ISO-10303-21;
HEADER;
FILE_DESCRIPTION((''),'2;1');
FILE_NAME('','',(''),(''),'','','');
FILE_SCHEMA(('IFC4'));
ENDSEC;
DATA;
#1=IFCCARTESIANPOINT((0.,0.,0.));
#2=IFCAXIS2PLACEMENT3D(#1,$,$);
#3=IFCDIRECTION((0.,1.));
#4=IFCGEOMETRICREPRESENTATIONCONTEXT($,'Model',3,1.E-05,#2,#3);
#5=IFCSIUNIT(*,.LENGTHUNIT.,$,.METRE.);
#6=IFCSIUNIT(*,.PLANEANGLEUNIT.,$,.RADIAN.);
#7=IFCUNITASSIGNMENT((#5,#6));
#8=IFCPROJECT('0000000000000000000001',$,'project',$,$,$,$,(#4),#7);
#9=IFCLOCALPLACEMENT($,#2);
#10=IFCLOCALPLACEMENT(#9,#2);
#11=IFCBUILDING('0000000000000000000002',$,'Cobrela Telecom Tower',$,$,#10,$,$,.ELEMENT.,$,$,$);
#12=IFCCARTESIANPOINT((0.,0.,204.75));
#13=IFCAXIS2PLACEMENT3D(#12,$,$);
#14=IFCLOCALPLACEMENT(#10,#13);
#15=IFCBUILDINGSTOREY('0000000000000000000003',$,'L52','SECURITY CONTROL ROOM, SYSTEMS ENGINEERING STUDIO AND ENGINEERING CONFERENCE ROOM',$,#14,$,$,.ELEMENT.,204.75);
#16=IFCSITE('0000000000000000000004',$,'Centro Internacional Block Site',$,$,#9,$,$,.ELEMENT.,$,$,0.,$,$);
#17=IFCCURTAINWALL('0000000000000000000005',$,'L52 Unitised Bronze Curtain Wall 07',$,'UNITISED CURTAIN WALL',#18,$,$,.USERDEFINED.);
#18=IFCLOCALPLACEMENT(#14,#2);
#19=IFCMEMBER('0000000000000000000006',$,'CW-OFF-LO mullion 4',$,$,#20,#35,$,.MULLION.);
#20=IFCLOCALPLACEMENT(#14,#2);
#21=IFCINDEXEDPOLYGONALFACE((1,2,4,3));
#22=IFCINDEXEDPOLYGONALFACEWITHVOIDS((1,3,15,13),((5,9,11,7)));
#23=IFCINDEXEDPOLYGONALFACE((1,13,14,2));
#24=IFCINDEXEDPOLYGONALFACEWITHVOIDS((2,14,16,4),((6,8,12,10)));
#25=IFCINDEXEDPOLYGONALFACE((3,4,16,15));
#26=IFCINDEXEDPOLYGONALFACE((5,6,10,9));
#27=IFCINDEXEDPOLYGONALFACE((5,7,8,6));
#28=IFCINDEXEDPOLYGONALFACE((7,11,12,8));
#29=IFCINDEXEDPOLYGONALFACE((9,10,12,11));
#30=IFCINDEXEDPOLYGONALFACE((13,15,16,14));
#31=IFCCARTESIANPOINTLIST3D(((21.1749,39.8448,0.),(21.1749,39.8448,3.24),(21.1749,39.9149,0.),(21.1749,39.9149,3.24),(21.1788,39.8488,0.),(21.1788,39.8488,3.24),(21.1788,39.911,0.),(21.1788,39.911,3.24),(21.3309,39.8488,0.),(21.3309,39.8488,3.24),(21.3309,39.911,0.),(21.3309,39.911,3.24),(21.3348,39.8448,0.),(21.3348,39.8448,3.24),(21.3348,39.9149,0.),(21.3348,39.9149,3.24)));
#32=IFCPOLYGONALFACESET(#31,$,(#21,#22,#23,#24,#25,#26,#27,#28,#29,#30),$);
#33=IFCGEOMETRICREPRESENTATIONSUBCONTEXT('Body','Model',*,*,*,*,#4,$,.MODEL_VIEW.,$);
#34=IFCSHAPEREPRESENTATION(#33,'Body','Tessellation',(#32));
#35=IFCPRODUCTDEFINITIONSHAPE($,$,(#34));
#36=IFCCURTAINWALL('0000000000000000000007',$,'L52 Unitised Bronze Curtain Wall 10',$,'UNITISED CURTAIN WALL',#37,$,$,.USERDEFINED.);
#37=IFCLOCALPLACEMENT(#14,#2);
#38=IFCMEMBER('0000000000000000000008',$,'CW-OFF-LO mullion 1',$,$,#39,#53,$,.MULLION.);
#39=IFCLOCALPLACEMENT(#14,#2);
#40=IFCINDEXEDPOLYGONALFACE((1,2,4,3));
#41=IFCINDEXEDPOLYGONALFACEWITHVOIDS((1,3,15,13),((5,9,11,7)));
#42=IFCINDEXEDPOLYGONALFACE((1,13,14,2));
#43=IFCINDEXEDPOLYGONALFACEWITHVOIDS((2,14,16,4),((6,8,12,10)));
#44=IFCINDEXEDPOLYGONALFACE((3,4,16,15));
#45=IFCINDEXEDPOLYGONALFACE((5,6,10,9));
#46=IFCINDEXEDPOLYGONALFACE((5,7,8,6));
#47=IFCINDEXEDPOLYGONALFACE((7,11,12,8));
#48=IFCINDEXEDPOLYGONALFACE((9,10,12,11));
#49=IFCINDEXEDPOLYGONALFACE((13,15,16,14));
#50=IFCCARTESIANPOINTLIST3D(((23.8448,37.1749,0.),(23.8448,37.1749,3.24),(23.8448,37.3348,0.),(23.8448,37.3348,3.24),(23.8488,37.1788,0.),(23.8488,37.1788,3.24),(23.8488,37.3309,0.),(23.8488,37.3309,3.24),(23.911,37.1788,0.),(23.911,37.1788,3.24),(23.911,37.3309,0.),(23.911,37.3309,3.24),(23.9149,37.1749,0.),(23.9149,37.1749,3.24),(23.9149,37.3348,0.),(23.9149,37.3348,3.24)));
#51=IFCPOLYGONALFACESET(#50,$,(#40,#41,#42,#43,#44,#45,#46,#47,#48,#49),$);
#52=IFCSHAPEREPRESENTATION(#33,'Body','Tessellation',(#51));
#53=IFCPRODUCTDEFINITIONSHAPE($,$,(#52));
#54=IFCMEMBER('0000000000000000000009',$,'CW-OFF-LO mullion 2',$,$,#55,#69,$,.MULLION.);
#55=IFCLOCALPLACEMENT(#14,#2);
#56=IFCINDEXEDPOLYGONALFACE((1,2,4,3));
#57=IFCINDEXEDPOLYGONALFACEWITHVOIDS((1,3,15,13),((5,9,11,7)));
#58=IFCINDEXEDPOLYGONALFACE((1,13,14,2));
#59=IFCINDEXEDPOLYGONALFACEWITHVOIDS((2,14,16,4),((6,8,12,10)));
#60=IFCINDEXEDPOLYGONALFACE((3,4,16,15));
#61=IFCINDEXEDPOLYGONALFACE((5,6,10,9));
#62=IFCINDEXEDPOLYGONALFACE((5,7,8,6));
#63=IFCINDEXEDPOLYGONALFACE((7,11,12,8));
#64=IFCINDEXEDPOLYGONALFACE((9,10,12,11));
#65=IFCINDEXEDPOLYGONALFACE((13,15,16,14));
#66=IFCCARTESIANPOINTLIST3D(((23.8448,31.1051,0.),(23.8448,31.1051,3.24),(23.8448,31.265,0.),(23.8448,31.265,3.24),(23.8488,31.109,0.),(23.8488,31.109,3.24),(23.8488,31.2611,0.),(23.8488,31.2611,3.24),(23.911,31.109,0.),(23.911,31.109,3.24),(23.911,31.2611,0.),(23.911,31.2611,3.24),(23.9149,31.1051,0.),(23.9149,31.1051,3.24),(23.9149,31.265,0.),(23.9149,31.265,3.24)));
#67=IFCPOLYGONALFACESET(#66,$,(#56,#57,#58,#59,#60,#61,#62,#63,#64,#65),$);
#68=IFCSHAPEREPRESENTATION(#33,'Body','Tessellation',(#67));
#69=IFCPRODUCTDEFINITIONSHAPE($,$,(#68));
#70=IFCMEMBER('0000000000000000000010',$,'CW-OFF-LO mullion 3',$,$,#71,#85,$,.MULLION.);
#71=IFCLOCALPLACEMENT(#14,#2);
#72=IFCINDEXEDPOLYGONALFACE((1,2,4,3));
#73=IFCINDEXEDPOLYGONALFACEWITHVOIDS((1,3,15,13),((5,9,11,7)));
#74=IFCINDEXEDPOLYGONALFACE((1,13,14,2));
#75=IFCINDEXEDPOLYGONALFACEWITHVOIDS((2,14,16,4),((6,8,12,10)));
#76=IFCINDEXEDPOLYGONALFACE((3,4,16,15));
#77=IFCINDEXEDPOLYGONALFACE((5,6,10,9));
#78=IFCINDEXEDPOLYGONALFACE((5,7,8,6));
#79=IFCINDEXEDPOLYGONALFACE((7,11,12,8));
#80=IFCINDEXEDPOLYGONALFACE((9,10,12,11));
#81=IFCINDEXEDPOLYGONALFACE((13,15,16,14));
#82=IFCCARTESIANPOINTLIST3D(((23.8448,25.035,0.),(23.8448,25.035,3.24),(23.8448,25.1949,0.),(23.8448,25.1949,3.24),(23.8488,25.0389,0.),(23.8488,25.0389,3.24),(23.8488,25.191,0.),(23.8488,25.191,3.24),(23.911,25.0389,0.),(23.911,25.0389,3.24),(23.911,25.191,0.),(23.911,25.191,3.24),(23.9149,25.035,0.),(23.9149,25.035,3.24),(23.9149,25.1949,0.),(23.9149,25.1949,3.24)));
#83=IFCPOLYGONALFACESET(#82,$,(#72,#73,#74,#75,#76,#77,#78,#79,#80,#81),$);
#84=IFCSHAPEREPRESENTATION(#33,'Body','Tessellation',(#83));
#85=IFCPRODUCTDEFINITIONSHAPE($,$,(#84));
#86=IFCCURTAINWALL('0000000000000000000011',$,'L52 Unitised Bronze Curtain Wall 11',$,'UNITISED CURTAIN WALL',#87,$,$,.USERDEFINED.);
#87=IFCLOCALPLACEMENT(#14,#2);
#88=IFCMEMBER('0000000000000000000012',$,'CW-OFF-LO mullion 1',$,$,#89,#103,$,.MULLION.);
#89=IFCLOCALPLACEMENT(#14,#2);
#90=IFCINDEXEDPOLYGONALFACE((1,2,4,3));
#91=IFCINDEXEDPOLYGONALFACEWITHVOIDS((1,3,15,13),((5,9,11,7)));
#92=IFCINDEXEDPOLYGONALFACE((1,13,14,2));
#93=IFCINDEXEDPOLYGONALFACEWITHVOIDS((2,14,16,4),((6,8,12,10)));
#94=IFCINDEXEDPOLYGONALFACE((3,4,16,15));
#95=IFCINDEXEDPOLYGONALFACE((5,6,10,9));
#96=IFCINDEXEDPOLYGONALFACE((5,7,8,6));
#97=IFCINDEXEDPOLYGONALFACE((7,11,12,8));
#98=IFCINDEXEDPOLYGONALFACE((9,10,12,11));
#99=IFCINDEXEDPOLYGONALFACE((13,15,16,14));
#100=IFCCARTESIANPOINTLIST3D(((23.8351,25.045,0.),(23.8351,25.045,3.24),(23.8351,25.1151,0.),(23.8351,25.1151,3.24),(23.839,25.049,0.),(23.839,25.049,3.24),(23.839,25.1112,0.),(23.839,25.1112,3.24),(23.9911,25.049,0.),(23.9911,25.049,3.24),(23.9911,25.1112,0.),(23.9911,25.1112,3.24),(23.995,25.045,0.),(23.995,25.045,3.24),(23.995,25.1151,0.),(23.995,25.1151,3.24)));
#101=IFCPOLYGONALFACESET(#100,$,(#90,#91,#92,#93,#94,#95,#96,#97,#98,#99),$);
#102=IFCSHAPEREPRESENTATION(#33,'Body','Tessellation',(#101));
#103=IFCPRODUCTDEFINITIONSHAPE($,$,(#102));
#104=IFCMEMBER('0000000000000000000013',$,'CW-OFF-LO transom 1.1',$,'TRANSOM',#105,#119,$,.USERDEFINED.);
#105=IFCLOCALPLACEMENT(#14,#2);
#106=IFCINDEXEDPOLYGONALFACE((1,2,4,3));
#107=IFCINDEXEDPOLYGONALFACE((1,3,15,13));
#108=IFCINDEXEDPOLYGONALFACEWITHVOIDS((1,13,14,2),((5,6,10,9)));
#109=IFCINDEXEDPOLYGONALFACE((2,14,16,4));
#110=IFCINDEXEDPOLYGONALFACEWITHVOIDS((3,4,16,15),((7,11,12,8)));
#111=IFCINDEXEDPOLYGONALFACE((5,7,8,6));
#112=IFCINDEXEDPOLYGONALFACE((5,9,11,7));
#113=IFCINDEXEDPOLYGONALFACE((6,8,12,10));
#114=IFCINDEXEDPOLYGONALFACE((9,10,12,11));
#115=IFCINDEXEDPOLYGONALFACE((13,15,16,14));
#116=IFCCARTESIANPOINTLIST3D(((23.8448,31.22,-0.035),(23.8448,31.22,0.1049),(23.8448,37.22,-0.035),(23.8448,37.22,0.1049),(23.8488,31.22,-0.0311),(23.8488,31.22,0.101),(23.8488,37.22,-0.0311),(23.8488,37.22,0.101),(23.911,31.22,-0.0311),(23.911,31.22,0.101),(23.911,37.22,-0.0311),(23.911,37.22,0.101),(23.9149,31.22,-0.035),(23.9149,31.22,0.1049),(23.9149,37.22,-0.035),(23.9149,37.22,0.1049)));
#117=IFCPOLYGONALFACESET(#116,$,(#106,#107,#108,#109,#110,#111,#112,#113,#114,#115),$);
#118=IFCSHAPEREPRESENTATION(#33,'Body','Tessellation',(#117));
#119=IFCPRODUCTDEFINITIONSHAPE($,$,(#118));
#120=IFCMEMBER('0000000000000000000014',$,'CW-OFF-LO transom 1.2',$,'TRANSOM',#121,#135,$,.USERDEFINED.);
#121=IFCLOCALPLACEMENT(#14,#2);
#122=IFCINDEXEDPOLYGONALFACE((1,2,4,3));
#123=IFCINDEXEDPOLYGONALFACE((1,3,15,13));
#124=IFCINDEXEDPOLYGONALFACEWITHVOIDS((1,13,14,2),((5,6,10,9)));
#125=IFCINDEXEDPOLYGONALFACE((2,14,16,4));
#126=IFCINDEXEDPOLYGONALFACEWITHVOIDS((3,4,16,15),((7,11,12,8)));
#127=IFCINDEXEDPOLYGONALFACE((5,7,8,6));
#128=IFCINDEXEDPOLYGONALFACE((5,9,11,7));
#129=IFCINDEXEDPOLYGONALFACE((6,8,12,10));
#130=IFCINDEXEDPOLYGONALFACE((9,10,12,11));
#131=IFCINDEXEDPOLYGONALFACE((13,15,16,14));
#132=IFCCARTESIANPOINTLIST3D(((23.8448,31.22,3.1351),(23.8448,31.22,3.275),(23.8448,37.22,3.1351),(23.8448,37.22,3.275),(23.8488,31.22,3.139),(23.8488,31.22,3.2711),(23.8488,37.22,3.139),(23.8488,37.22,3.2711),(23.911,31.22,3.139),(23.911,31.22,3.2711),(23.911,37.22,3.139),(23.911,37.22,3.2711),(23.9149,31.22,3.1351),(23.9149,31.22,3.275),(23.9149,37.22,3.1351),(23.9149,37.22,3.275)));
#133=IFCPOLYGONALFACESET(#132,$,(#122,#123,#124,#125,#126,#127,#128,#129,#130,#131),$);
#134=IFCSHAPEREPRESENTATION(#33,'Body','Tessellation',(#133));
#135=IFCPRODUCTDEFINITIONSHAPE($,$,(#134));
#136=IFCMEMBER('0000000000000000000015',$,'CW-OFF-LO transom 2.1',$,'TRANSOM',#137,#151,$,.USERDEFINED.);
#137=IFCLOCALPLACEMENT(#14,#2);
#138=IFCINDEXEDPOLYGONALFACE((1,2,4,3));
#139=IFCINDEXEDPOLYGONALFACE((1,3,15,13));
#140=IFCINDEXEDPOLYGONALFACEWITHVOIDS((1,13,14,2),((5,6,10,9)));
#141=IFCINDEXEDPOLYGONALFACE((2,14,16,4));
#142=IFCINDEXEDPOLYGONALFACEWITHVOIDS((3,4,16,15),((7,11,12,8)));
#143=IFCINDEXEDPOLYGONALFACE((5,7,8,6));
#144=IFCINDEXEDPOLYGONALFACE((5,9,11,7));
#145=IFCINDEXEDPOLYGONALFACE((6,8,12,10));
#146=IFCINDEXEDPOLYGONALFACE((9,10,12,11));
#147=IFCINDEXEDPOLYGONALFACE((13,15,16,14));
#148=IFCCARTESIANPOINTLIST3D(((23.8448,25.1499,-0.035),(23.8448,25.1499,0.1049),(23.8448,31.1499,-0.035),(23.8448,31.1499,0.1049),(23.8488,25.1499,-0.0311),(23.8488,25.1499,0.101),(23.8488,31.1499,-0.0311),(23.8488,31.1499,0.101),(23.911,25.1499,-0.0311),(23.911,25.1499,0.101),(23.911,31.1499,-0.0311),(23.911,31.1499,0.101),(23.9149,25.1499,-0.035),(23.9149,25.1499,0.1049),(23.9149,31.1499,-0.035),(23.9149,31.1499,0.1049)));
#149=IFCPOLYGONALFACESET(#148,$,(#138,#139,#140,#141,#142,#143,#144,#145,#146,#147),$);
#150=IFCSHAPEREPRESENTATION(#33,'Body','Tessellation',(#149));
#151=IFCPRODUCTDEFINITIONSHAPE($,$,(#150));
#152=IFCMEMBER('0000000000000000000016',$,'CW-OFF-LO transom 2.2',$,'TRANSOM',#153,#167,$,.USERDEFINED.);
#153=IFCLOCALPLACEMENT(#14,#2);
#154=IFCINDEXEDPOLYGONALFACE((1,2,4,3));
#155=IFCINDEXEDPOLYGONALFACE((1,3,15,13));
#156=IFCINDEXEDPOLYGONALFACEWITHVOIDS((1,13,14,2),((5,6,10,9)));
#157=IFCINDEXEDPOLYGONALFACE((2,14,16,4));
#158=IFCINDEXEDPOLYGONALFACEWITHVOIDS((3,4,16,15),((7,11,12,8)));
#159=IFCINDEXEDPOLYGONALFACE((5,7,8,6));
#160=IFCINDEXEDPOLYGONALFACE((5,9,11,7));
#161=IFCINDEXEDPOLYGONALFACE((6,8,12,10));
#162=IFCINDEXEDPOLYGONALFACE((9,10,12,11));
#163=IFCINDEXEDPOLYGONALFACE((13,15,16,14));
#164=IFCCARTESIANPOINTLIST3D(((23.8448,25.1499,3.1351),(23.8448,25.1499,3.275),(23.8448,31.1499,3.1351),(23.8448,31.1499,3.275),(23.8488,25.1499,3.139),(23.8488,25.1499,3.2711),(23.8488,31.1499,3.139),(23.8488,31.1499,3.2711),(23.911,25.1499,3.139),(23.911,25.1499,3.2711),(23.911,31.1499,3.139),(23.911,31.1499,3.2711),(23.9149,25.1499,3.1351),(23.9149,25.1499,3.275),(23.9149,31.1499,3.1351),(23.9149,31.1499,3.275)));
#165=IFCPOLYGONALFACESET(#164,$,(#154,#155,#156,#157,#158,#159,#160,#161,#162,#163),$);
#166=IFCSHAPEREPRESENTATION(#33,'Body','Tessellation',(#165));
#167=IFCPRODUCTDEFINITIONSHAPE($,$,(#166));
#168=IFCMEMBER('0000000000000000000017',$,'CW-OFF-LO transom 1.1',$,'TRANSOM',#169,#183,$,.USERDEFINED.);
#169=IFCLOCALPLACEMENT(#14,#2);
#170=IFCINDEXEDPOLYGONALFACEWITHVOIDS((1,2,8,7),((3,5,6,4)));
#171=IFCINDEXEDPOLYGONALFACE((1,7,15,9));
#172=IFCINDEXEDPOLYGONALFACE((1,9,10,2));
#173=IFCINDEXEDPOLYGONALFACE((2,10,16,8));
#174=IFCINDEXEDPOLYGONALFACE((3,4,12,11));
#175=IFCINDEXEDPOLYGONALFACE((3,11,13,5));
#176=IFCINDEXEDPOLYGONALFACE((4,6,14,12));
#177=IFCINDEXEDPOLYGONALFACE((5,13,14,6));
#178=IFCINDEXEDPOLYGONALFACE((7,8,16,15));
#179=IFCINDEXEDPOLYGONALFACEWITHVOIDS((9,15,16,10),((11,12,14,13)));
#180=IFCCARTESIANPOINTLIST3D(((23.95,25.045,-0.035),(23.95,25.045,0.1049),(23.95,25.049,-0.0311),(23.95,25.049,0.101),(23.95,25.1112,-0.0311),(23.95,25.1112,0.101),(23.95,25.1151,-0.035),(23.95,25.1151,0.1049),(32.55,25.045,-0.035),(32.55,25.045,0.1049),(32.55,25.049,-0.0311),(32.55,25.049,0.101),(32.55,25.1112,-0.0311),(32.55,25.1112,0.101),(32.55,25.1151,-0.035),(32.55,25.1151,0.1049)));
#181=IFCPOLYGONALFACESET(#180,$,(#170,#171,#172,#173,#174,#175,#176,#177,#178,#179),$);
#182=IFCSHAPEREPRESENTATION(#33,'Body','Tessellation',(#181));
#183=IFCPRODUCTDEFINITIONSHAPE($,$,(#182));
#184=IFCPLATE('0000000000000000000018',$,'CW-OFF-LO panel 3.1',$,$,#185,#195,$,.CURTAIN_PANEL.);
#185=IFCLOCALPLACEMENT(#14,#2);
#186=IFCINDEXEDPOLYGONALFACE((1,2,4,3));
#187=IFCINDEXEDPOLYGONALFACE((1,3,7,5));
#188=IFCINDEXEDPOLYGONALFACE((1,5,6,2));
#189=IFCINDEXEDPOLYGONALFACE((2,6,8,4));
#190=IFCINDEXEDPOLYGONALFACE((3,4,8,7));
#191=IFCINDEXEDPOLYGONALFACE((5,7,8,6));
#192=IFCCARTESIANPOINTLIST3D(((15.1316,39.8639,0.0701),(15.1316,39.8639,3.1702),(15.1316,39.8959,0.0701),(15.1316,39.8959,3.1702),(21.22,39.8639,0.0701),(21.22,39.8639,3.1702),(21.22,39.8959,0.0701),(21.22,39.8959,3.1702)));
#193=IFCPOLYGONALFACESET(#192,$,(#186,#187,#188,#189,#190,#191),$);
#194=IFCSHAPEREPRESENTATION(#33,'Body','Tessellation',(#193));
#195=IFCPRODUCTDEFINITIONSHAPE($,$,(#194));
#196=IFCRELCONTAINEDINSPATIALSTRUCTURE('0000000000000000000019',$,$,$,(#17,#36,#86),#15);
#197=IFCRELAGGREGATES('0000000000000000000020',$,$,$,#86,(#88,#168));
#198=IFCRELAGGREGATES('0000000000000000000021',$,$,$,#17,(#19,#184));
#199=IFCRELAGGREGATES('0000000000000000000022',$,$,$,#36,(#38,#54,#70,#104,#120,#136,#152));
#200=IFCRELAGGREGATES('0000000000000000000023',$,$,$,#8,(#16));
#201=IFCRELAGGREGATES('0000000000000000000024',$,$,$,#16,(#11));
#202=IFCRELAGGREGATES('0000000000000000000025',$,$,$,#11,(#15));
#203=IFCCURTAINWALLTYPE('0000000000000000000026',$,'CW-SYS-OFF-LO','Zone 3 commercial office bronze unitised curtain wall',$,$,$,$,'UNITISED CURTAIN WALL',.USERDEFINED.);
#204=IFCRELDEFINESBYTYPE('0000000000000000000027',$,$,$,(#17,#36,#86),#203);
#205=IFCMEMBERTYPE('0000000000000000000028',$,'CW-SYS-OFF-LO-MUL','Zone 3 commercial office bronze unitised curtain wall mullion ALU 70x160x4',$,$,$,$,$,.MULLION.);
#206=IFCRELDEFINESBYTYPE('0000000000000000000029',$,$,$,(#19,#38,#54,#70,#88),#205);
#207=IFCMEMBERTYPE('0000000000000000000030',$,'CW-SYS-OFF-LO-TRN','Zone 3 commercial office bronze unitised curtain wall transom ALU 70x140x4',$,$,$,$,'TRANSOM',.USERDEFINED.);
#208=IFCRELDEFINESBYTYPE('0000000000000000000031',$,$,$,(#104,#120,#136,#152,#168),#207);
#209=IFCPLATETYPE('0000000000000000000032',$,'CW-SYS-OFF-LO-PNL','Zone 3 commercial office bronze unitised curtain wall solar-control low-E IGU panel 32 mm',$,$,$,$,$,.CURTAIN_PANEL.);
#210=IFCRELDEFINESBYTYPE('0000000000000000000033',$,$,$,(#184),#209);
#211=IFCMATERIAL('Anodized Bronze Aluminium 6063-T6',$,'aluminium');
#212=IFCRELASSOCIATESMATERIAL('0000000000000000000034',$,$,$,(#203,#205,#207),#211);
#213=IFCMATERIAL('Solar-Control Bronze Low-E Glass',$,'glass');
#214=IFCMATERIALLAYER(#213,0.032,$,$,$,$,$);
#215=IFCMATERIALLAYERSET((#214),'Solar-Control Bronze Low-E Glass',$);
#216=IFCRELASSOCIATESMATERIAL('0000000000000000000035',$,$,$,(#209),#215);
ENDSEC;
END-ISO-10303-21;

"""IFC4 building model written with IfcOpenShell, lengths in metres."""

from ifc_helpers import new_model, si_unit, direction, frame, origin, origin_2d, place, context, subcontext, project, spatial, rectangle, hollow_rectangle, extrude, material, layer, layer_set, material_profile, profile_set, type_object, element, aggregate, save


model = new_model("IFC4")

# Units and contexts
model_context = context("Model", 3, precision=1e-05, world=origin(), true_north=direction((0.0, 1.0)))
body_context = subcontext(model_context, "Body", "Model", "MODEL_VIEW")
ifc_project = project(units=[si_unit("LENGTHUNIT", "METRE"), si_unit("PLANEANGLEUNIT", "RADIAN")], contexts=[model_context])

# Site, building, storey
site_placement = place(None, origin())
site = spatial("IfcSite", under=ifc_project, at=site_placement, Name="Centro Internacional Block Site", CompositionType="ELEMENT", RefElevation=0.0)
building_placement = place(site_placement, origin())
building = spatial("IfcBuilding", under=site, at=building_placement, Name="Cobrela Telecom Tower", CompositionType="ELEMENT")
storey_placement = place(building_placement, frame((0.0, 0.0, 204.75)))
storey = spatial("IfcBuildingStorey", under=building, at=storey_placement, Name="L52", Description="SECURITY CONTROL ROOM, SYSTEMS ENGINEERING STUDIO AND ENGINEERING CONFERENCE ROOM", CompositionType="ELEMENT", Elevation=204.75)

# Curtain wall, member
ifc_material_1 = material(Name="Anodized Bronze Aluminium 6063-T6", Category="aluminium")
curtain_wall_type = type_object("IfcCurtainWallType", Name="CW-SYS-OFF-LO", Description="Zone 3 commercial office bronze unitised curtain wall", ElementType="UNITISED CURTAIN WALL", PredefinedType="USERDEFINED", material=ifc_material_1)
curtain_wall_1_placement = place(storey_placement, origin())
curtain_wall_1 = element("IfcCurtainWall", 1, at=curtain_wall_1_placement, inside=storey, type_object=curtain_wall_type, Name="L52 Unitised Bronze Curtain Wall 07", ObjectType="UNITISED CURTAIN WALL", PredefinedType="USERDEFINED")
ifc_material_profile_1 = material_profile(ifc_material_1, hollow_rectangle(XDim=0.0701, YDim=0.1599, WallThickness=0.0039, at=origin_2d()), Name="ALU 70x160x4")
ifc_profile_set_1 = profile_set([ifc_material_profile_1], Name="Anodized Bronze Aluminium 6063-T6")
member_type_1 = type_object("IfcMemberType", Name="CW-SYS-OFF-LO-MUL", Description="Zone 3 commercial office bronze unitised curtain wall mullion ALU 70x160x4", PredefinedType="MULLION", material=ifc_profile_set_1)
member_1_placement = place(storey_placement, frame((21.2549, 39.8799, 0.0), z_axis=(0.0, 0.0, 1.0), x_axis=(0.0, 1.0, 0.0)))
member_1 = element("IfcMember", 2, at=member_1_placement, type_object=member_type_1, Name="CW-OFF-LO mullion 4", PredefinedType="MULLION", context=body_context, shape_type="SweptSolid", body=[
    extrude(hollow_rectangle(XDim=0.0701, YDim=0.1599, WallThickness=0.0039, at=origin_2d()), origin(), (0.0, 0.0, 1.0), 3.24),
])

# Curtain wall, members
curtain_wall_2_placement = place(storey_placement, origin())
curtain_wall_2 = element("IfcCurtainWall", 3, at=curtain_wall_2_placement, inside=storey, type_object=curtain_wall_type, Name="L52 Unitised Bronze Curtain Wall 10", ObjectType="UNITISED CURTAIN WALL", PredefinedType="USERDEFINED")
member_2_placement = place(storey_placement, frame((23.8799, 37.2549, 0.0), z_axis=(0.0, 0.0, 1.0), x_axis=(1.0, 0.0, 0.0)))
member_2 = element("IfcMember", 4, at=member_2_placement, type_object=member_type_1, Name="CW-OFF-LO mullion 1", PredefinedType="MULLION", context=body_context, shape_type="SweptSolid", body=[
    extrude(hollow_rectangle(XDim=0.0701, YDim=0.1599, WallThickness=0.0039, at=origin_2d()), origin(), (0.0, 0.0, 1.0), 3.24),
])
member_3_placement = place(storey_placement, frame((23.8799, 31.1851, 0.0), z_axis=(0.0, 0.0, 1.0), x_axis=(1.0, 0.0, 0.0)))
member_3 = element("IfcMember", 5, at=member_3_placement, type_object=member_type_1, Name="CW-OFF-LO mullion 2", PredefinedType="MULLION", context=body_context, shape_type="SweptSolid", body=[
    extrude(hollow_rectangle(XDim=0.0701, YDim=0.1599, WallThickness=0.0039, at=origin_2d()), origin(), (0.0, 0.0, 1.0), 3.24),
])
member_4_placement = place(storey_placement, frame((23.8799, 25.115, 0.0), z_axis=(0.0, 0.0, 1.0), x_axis=(1.0, 0.0, 0.0)))
member_4 = element("IfcMember", 6, at=member_4_placement, type_object=member_type_1, Name="CW-OFF-LO mullion 3", PredefinedType="MULLION", context=body_context, shape_type="SweptSolid", body=[
    extrude(hollow_rectangle(XDim=0.0701, YDim=0.1599, WallThickness=0.0039, at=origin_2d()), origin(), (0.0, 0.0, 1.0), 3.24),
])

# Curtain wall, member
curtain_wall_3_placement = place(storey_placement, origin())
curtain_wall_3 = element("IfcCurtainWall", 7, at=curtain_wall_3_placement, inside=storey, type_object=curtain_wall_type, Name="L52 Unitised Bronze Curtain Wall 11", ObjectType="UNITISED CURTAIN WALL", PredefinedType="USERDEFINED")
member_5_placement = place(storey_placement, frame((23.915, 25.0801, 0.0), z_axis=(0.0, 0.0, 1.0), x_axis=(0.0, 1.0, 0.0)))
member_5 = element("IfcMember", 8, at=member_5_placement, type_object=member_type_1, Name="CW-OFF-LO mullion 1", PredefinedType="MULLION", context=body_context, shape_type="SweptSolid", body=[
    extrude(hollow_rectangle(XDim=0.0701, YDim=0.1599, WallThickness=0.0039, at=origin_2d()), origin(), (0.0, 0.0, 1.0), 3.24),
])

# Members
ifc_material_profile_2 = material_profile(ifc_material_1, hollow_rectangle(XDim=0.0701, YDim=0.1399, WallThickness=0.0039, at=origin_2d()), Name="ALU 70x140x4")
ifc_profile_set_2 = profile_set([ifc_material_profile_2], Name="Anodized Bronze Aluminium 6063-T6")
member_type_2 = type_object("IfcMemberType", Name="CW-SYS-OFF-LO-TRN", Description="Zone 3 commercial office bronze unitised curtain wall transom ALU 70x140x4", ElementType="TRANSOM", PredefinedType="USERDEFINED", material=ifc_profile_set_2)
member_6_placement = place(storey_placement, frame((23.8799, 37.22, 0.0349), z_axis=(0.0, -1.0, 0.0), x_axis=(1.0, 0.0, 0.0)))
member_6 = element("IfcMember", 9, at=member_6_placement, type_object=member_type_2, Name="CW-OFF-LO transom 1.1", ObjectType="TRANSOM", PredefinedType="USERDEFINED", context=body_context, shape_type="SweptSolid", body=[
    extrude(hollow_rectangle(XDim=0.0701, YDim=0.1399, WallThickness=0.0039, at=origin_2d()), origin(), (0.0, 0.0, 1.0), 6.0),
])
member_7_placement = place(storey_placement, frame((23.8799, 37.22, 3.2051), z_axis=(0.0, -1.0, 0.0), x_axis=(1.0, 0.0, 0.0)))
member_7 = element("IfcMember", 10, at=member_7_placement, type_object=member_type_2, Name="CW-OFF-LO transom 1.2", ObjectType="TRANSOM", PredefinedType="USERDEFINED", context=body_context, shape_type="SweptSolid", body=[
    extrude(hollow_rectangle(XDim=0.0701, YDim=0.1399, WallThickness=0.0039, at=origin_2d()), origin(), (0.0, 0.0, 1.0), 6.0),
])
member_8_placement = place(storey_placement, frame((23.8799, 31.1499, 0.0349), z_axis=(0.0, -1.0, 0.0), x_axis=(1.0, 0.0, 0.0)))
member_8 = element("IfcMember", 11, at=member_8_placement, type_object=member_type_2, Name="CW-OFF-LO transom 2.1", ObjectType="TRANSOM", PredefinedType="USERDEFINED", context=body_context, shape_type="SweptSolid", body=[
    extrude(hollow_rectangle(XDim=0.0701, YDim=0.1399, WallThickness=0.0039, at=origin_2d()), origin(), (0.0, 0.0, 1.0), 6.0),
])
member_9_placement = place(storey_placement, frame((23.8799, 31.1499, 3.2051), z_axis=(0.0, -1.0, 0.0), x_axis=(1.0, 0.0, 0.0)))
member_9 = element("IfcMember", 12, at=member_9_placement, type_object=member_type_2, Name="CW-OFF-LO transom 2.2", ObjectType="TRANSOM", PredefinedType="USERDEFINED", context=body_context, shape_type="SweptSolid", body=[
    extrude(hollow_rectangle(XDim=0.0701, YDim=0.1399, WallThickness=0.0039, at=origin_2d()), origin(), (0.0, 0.0, 1.0), 6.0),
])
member_10_placement = place(storey_placement, frame((23.95, 25.0801, 0.0349), z_axis=(1.0, 0.0, 0.0), x_axis=(0.0, 1.0, 0.0)))
member_10 = element("IfcMember", 13, at=member_10_placement, type_object=member_type_2, Name="CW-OFF-LO transom 1.1", ObjectType="TRANSOM", PredefinedType="USERDEFINED", context=body_context, shape_type="SweptSolid", body=[
    extrude(hollow_rectangle(XDim=0.0701, YDim=0.1399, WallThickness=0.0039, at=origin_2d()), origin(), (0.0, 0.0, 1.0), 8.6001),
])
aggregate(curtain_wall_3, [member_5, member_10])

# Plate
ifc_material_2 = material(Name="Solar-Control Bronze Low-E Glass", Category="glass")
ifc_layer_1 = layer(ifc_material_2, 0.032)
ifc_layer_set_1 = layer_set([ifc_layer_1], Name="Solar-Control Bronze Low-E Glass")
plate_type = type_object("IfcPlateType", Name="CW-SYS-OFF-LO-PNL", Description="Zone 3 commercial office bronze unitised curtain wall solar-control low-E IGU panel 32 mm", PredefinedType="CURTAIN_PANEL", material=ifc_layer_set_1)
plate_1_placement = place(storey_placement, frame((18.1758, 39.8799, 0.0701), z_axis=(0.0, 0.0, 1.0), x_axis=(1.0, 0.0, 0.0)))
plate_1 = element("IfcPlate", 14, at=plate_1_placement, type_object=plate_type, Name="CW-OFF-LO panel 3.1", PredefinedType="CURTAIN_PANEL", context=body_context, shape_type="SweptSolid", body=[
    extrude(rectangle(XDim=6.0884, YDim=0.032, at=origin_2d()), origin(), (0.0, 0.0, 1.0), 3.1001),
])
aggregate(curtain_wall_1, [member_1, plate_1])
aggregate(curtain_wall_2, [member_2, member_3, member_4, member_6, member_7, member_8, member_9])

save(model, "model.ifc")
